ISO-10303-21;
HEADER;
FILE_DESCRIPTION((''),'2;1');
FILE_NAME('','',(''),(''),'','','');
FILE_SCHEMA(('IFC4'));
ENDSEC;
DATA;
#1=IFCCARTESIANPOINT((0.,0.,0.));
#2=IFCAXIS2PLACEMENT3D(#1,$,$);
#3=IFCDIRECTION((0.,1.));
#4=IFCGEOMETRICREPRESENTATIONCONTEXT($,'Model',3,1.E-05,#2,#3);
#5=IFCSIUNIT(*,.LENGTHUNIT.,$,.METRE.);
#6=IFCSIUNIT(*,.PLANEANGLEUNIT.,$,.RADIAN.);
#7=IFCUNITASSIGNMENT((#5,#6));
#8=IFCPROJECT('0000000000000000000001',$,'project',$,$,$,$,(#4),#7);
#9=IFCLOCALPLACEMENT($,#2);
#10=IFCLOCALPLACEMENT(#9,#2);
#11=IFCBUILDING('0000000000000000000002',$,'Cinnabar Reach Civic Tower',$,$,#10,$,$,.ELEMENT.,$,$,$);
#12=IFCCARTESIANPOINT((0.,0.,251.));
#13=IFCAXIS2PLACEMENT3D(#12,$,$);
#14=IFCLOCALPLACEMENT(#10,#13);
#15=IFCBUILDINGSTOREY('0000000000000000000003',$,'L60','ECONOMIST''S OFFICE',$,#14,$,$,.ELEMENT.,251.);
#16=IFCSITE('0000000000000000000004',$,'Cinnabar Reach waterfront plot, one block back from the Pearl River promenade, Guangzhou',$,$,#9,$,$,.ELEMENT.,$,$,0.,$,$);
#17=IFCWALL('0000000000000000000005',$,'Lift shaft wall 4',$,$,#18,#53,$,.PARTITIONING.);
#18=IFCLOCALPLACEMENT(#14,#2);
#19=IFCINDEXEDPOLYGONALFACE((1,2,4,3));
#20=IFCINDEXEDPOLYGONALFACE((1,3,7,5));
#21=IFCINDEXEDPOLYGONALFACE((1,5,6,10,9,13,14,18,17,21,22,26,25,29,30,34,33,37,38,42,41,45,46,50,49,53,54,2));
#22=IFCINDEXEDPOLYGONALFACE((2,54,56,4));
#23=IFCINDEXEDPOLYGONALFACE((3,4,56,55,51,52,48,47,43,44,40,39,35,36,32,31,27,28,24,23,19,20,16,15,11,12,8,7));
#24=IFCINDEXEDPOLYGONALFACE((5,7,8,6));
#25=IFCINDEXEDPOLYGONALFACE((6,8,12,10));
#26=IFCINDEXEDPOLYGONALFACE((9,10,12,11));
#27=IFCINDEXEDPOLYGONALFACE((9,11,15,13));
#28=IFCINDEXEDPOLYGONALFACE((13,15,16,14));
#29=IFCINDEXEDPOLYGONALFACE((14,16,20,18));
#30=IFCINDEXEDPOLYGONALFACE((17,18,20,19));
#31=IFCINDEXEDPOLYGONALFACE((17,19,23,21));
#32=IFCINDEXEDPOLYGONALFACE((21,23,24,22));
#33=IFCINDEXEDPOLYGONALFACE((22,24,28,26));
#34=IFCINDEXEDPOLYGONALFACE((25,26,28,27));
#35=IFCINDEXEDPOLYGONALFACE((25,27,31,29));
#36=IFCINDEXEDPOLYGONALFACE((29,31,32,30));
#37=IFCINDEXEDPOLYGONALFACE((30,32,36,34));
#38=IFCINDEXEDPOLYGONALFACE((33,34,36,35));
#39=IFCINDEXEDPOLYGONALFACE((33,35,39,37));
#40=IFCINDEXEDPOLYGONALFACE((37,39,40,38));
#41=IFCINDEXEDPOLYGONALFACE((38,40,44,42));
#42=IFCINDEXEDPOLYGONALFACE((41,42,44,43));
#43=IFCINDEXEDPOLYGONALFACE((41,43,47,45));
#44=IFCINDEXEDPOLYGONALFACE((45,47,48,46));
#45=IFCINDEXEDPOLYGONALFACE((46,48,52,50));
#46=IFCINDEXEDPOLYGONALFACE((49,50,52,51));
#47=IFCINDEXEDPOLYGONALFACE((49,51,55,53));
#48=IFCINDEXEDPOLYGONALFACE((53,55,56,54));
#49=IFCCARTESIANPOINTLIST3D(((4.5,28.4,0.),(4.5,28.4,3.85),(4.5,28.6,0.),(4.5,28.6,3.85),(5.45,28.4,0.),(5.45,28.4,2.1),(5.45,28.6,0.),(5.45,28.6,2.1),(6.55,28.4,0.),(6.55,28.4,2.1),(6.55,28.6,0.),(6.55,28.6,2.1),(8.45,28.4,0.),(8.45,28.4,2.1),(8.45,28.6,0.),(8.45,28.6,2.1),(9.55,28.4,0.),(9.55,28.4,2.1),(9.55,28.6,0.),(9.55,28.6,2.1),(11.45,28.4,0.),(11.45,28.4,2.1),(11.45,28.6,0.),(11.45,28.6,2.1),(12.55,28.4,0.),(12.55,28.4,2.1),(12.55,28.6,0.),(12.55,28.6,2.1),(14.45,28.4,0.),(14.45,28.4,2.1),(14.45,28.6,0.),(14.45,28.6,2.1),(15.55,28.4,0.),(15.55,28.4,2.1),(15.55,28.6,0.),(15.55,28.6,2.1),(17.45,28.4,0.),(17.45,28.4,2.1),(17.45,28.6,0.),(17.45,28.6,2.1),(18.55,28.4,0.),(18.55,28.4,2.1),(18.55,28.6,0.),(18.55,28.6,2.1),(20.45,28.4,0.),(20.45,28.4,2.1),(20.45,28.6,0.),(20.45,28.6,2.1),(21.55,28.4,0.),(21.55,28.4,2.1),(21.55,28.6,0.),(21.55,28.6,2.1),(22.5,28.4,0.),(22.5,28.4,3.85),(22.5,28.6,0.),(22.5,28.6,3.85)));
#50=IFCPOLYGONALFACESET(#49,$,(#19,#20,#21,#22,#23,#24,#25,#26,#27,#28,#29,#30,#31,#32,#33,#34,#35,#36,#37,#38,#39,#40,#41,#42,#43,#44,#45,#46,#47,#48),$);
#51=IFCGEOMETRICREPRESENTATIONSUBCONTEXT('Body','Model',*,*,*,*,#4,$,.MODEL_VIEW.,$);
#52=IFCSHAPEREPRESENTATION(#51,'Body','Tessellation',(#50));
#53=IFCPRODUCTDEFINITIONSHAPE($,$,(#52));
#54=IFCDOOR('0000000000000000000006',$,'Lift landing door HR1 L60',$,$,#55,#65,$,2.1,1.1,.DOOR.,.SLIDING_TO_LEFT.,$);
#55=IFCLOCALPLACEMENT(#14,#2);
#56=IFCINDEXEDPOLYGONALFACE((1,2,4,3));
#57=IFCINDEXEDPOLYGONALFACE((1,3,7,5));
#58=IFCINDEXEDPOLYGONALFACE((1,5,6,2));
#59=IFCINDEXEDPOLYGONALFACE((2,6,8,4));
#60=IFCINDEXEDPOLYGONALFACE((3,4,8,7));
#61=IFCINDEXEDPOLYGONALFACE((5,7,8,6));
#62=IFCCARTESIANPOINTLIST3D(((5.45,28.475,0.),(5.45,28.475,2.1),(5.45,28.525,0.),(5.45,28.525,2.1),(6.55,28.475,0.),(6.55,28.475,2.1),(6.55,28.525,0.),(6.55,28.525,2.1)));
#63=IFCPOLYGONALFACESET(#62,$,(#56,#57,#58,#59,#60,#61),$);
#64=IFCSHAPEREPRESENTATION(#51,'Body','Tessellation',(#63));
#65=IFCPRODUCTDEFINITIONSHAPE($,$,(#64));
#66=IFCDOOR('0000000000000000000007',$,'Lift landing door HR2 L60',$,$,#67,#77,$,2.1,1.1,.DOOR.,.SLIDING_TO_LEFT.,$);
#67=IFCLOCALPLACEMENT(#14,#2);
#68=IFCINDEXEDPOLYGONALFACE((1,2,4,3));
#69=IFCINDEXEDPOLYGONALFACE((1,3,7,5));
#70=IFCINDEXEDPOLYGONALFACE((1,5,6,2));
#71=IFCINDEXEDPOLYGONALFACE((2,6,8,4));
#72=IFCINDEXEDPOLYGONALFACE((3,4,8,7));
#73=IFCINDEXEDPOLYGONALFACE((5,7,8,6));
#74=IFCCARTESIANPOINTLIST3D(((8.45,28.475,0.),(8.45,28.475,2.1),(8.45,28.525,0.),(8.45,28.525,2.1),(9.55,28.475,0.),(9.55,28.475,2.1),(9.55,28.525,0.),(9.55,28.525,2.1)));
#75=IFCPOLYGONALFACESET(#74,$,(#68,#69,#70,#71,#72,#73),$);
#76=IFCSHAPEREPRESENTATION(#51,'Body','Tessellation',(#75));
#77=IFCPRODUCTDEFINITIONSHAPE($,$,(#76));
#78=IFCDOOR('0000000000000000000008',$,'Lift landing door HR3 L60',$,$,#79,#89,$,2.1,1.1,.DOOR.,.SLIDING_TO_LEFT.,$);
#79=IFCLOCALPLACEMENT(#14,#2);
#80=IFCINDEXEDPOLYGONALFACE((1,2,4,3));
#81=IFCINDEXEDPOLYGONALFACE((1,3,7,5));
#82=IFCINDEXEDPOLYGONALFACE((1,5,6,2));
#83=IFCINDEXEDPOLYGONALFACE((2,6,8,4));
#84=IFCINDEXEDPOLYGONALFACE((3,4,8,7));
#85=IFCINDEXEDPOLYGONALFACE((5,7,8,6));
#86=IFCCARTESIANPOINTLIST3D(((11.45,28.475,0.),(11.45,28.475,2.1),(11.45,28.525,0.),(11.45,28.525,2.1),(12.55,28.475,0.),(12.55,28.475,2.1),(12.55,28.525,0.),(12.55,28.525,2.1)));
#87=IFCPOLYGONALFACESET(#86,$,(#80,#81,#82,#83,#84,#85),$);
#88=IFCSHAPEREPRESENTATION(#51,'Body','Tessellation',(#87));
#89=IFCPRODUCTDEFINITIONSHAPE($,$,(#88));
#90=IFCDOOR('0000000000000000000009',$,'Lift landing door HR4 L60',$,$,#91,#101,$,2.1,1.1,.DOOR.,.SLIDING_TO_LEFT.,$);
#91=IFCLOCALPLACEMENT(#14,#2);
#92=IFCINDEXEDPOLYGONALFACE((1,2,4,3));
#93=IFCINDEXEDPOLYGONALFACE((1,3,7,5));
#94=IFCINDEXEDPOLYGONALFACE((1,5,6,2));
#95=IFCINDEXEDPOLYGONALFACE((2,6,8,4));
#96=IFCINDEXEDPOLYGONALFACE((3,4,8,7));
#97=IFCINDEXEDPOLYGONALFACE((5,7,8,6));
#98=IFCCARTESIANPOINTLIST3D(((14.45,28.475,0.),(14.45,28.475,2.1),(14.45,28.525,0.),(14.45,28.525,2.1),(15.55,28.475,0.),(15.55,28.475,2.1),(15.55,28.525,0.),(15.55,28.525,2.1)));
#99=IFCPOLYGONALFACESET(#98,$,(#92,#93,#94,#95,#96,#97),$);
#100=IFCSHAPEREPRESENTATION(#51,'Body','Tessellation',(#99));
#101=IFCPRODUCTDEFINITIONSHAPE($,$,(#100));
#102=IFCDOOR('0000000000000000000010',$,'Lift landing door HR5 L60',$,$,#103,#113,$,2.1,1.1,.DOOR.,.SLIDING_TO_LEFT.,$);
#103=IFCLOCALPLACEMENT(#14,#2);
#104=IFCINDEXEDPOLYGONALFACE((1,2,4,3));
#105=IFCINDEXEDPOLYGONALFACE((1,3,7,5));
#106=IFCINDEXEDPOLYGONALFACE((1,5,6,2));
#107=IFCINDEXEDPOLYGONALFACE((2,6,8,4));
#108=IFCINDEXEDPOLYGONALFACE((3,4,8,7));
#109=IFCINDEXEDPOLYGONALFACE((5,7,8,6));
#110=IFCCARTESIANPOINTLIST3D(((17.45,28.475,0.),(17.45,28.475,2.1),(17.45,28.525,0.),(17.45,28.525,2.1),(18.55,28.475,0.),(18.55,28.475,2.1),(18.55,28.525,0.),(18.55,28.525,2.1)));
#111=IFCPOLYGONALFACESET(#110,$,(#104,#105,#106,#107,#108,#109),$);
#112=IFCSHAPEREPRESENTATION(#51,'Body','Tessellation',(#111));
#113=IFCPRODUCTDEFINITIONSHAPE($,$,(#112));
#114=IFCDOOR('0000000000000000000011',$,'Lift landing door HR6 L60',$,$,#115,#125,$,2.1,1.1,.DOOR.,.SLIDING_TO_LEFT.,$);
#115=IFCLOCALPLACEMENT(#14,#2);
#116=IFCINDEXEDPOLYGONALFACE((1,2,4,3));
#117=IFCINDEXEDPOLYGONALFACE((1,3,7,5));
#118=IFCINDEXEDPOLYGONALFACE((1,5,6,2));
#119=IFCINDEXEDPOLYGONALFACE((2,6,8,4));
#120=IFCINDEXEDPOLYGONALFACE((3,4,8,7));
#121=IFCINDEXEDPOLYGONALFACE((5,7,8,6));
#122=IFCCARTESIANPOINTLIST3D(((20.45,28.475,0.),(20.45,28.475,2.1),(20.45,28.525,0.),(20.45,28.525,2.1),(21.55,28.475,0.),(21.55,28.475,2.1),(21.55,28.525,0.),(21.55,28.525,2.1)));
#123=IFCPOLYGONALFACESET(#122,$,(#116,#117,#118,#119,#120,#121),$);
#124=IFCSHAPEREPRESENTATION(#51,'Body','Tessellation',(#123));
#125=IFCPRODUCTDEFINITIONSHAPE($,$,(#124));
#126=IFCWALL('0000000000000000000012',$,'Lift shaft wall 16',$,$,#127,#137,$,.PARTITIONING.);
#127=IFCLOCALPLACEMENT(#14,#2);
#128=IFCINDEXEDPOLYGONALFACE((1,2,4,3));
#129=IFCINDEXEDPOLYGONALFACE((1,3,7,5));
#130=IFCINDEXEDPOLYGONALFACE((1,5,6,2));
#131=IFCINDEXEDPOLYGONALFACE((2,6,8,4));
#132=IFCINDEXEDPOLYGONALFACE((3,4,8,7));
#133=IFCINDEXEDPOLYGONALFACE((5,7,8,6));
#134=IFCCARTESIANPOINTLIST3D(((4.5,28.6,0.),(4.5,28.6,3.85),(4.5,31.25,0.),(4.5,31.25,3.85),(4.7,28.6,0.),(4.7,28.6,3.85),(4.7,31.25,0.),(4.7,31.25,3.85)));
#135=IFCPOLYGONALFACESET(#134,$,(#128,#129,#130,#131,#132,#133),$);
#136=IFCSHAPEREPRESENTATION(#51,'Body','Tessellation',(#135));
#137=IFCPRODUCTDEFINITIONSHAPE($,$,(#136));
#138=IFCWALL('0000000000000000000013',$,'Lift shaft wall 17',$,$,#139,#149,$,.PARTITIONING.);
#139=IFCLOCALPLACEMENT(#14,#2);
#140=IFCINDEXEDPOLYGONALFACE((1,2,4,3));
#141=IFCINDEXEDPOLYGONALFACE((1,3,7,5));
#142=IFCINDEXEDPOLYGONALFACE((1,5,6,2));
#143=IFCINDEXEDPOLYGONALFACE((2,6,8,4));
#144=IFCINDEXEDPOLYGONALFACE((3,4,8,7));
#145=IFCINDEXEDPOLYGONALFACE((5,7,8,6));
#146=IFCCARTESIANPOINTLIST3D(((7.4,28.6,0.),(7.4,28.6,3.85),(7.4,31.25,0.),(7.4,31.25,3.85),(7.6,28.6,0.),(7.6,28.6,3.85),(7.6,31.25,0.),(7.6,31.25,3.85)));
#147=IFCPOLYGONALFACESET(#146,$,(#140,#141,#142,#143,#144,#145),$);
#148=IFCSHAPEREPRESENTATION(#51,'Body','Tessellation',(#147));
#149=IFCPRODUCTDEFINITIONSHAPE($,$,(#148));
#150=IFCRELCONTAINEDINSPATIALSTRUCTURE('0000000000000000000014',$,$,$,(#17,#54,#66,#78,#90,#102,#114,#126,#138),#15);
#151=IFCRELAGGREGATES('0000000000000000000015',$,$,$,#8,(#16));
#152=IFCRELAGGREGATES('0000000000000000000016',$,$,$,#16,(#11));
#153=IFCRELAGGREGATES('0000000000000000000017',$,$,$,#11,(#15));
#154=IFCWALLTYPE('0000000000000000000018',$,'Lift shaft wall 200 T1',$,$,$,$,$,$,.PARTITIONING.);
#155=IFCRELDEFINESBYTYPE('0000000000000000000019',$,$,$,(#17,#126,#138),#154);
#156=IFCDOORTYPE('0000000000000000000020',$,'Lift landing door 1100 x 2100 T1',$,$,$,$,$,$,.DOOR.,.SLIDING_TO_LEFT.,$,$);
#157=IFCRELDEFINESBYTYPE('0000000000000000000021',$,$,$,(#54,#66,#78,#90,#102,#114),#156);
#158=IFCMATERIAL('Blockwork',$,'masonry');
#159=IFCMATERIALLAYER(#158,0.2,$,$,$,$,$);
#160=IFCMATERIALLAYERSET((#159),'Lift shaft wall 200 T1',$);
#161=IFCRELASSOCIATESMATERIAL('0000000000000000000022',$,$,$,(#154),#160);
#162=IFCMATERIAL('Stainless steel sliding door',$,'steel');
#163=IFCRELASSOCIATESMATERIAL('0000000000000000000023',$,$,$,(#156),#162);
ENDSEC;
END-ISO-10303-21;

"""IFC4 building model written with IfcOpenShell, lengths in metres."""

from ifc_helpers import new_model, si_unit, direction, frame, frame_2d, origin, place, context, subcontext, project, spatial, rectangle, extrude, material, layer, layer_set, type_object, element, fill, save


model = new_model("IFC4")

# Units and contexts
model_context = context("Model", 3, precision=1e-05, world=origin(), true_north=direction((0.0, 1.0)))
body_context = subcontext(model_context, "Body", "Model", "MODEL_VIEW")
ifc_project = project(units=[si_unit("LENGTHUNIT", "METRE"), si_unit("PLANEANGLEUNIT", "RADIAN")], contexts=[model_context])

# Site, building, storey
site_placement = place(None, origin())
site = spatial("IfcSite", under=ifc_project, at=site_placement, Name="Cinnabar Reach waterfront plot, one block back from the Pearl River promenade, Guangzhou", CompositionType="ELEMENT", RefElevation=0.0)
building_placement = place(site_placement, origin())
building = spatial("IfcBuilding", under=site, at=building_placement, Name="Cinnabar Reach Civic Tower", CompositionType="ELEMENT")
storey_placement = place(building_placement, frame((0.0, 0.0, 251.0)))
storey = spatial("IfcBuildingStorey", under=building, at=storey_placement, Name="L60", Description="ECONOMIST'S OFFICE", CompositionType="ELEMENT", Elevation=251.0)

# Wall, openings, doors
ifc_material_1 = material(Name="Blockwork", Category="masonry")
ifc_layer_1 = layer(ifc_material_1, 0.2)
ifc_layer_set_1 = layer_set([ifc_layer_1], Name="Lift shaft wall 200 T1")
wall_type_1 = type_object("IfcWallType", Name="Lift shaft wall 200 T1", PredefinedType="PARTITIONING", material=ifc_layer_set_1)
wall_1_placement = place(storey_placement, frame((4.5, 28.5, 0.0), z_axis=(0.0, 0.0, 1.0), x_axis=(1.0, 0.0, 0.0)))
wall_1 = element("IfcWall", 1, at=wall_1_placement, inside=storey, type_object=wall_type_1, Name="Lift shaft wall 4", PredefinedType="PARTITIONING", context=body_context, shape_type="SweptSolid", body=[
    extrude(rectangle(XDim=18.0, YDim=0.2, at=frame_2d((9.0, 0.0))), origin(), (0.0, 0.0, 1.0), 3.85),
])
opening_1_placement = place(wall_1_placement, frame((0.95, 0.0, 0.0)))
opening_1 = element("IfcOpeningElement", 2, at=opening_1_placement, cuts=wall_1, PredefinedType="OPENING", context=body_context, shape_type="SweptSolid", body=[
    extrude(rectangle(XDim=1.1, YDim=2.1, at=frame_2d((0.55, 1.05))), frame((0.0, 0.11, 0.0), z_axis=(0.0, -1.0, 0.0), x_axis=(1.0, 0.0, 0.0)), (0.0, 0.0, 1.0), 0.22),
])
opening_2_placement = place(wall_1_placement, frame((3.95, 0.0, 0.0)))
opening_2 = element("IfcOpeningElement", 3, at=opening_2_placement, cuts=wall_1, PredefinedType="OPENING", context=body_context, shape_type="SweptSolid", body=[
    extrude(rectangle(XDim=1.1, YDim=2.1, at=frame_2d((0.55, 1.05))), frame((0.0, 0.11, 0.0), z_axis=(0.0, -1.0, 0.0), x_axis=(1.0, 0.0, 0.0)), (0.0, 0.0, 1.0), 0.22),
])
opening_3_placement = place(wall_1_placement, frame((6.95, 0.0, 0.0)))
opening_3 = element("IfcOpeningElement", 4, at=opening_3_placement, cuts=wall_1, PredefinedType="OPENING", context=body_context, shape_type="SweptSolid", body=[
    extrude(rectangle(XDim=1.1, YDim=2.1, at=frame_2d((0.55, 1.05))), frame((0.0, 0.11, 0.0), z_axis=(0.0, -1.0, 0.0), x_axis=(1.0, 0.0, 0.0)), (0.0, 0.0, 1.0), 0.22),
])
opening_4_placement = place(wall_1_placement, frame((9.95, 0.0, 0.0)))
opening_4 = element("IfcOpeningElement", 5, at=opening_4_placement, cuts=wall_1, PredefinedType="OPENING", context=body_context, shape_type="SweptSolid", body=[
    extrude(rectangle(XDim=1.1, YDim=2.1, at=frame_2d((0.55, 1.05))), frame((0.0, 0.11, 0.0), z_axis=(0.0, -1.0, 0.0), x_axis=(1.0, 0.0, 0.0)), (0.0, 0.0, 1.0), 0.22),
])
opening_5_placement = place(wall_1_placement, frame((12.95, 0.0, 0.0)))
opening_5 = element("IfcOpeningElement", 6, at=opening_5_placement, cuts=wall_1, PredefinedType="OPENING", context=body_context, shape_type="SweptSolid", body=[
    extrude(rectangle(XDim=1.1, YDim=2.1, at=frame_2d((0.55, 1.05))), frame((0.0, 0.11, 0.0), z_axis=(0.0, -1.0, 0.0), x_axis=(1.0, 0.0, 0.0)), (0.0, 0.0, 1.0), 0.22),
])
opening_6_placement = place(wall_1_placement, frame((15.95, 0.0, 0.0)))
opening_6 = element("IfcOpeningElement", 7, at=opening_6_placement, cuts=wall_1, PredefinedType="OPENING", context=body_context, shape_type="SweptSolid", body=[
    extrude(rectangle(XDim=1.1, YDim=2.1, at=frame_2d((0.55, 1.05))), frame((0.0, 0.11, 0.0), z_axis=(0.0, -1.0, 0.0), x_axis=(1.0, 0.0, 0.0)), (0.0, 0.0, 1.0), 0.22),
])
ifc_material_2 = material(Name="Stainless steel sliding door", Category="steel")
door_type_1 = type_object("IfcDoorType", Name="Lift landing door 1100 x 2100 T1", OperationType="SLIDING_TO_LEFT", PredefinedType="DOOR", material=ifc_material_2)
door_1_placement = place(opening_1_placement, origin())
door_1 = element("IfcDoor", 8, at=door_1_placement, inside=storey, type_object=door_type_1, Name="Lift landing door HR1 L60", OperationType="SLIDING_TO_LEFT", OverallHeight=2.1, OverallWidth=1.1, PredefinedType="DOOR", context=body_context, shape_type="SweptSolid", body=[
    extrude(rectangle(XDim=1.1, YDim=2.1, at=frame_2d((0.55, 1.05))), frame((0.0, 0.025, 0.0), z_axis=(0.0, -1.0, 0.0), x_axis=(1.0, 0.0, 0.0)), (0.0, 0.0, 1.0), 0.05),
])
fill(opening_1, door_1)
door_2_placement = place(opening_2_placement, origin())
door_2 = element("IfcDoor", 9, at=door_2_placement, inside=storey, type_object=door_type_1, Name="Lift landing door HR2 L60", OperationType="SLIDING_TO_LEFT", OverallHeight=2.1, OverallWidth=1.1, PredefinedType="DOOR", context=body_context, shape_type="SweptSolid", body=[
    extrude(rectangle(XDim=1.1, YDim=2.1, at=frame_2d((0.55, 1.05))), frame((0.0, 0.025, 0.0), z_axis=(0.0, -1.0, 0.0), x_axis=(1.0, 0.0, 0.0)), (0.0, 0.0, 1.0), 0.05),
])
fill(opening_2, door_2)
door_3_placement = place(opening_3_placement, origin())
door_3 = element("IfcDoor", 10, at=door_3_placement, inside=storey, type_object=door_type_1, Name="Lift landing door HR3 L60", OperationType="SLIDING_TO_LEFT", OverallHeight=2.1, OverallWidth=1.1, PredefinedType="DOOR", context=body_context, shape_type="SweptSolid", body=[
    extrude(rectangle(XDim=1.1, YDim=2.1, at=frame_2d((0.55, 1.05))), frame((0.0, 0.025, 0.0), z_axis=(0.0, -1.0, 0.0), x_axis=(1.0, 0.0, 0.0)), (0.0, 0.0, 1.0), 0.05),
])
fill(opening_3, door_3)
door_4_placement = place(opening_4_placement, origin())
door_4 = element("IfcDoor", 11, at=door_4_placement, inside=storey, type_object=door_type_1, Name="Lift landing door HR4 L60", OperationType="SLIDING_TO_LEFT", OverallHeight=2.1, OverallWidth=1.1, PredefinedType="DOOR", context=body_context, shape_type="SweptSolid", body=[
    extrude(rectangle(XDim=1.1, YDim=2.1, at=frame_2d((0.55, 1.05))), frame((0.0, 0.025, 0.0), z_axis=(0.0, -1.0, 0.0), x_axis=(1.0, 0.0, 0.0)), (0.0, 0.0, 1.0), 0.05),
])
fill(opening_4, door_4)
door_5_placement = place(opening_5_placement, origin())
door_5 = element("IfcDoor", 12, at=door_5_placement, inside=storey, type_object=door_type_1, Name="Lift landing door HR5 L60", OperationType="SLIDING_TO_LEFT", OverallHeight=2.1, OverallWidth=1.1, PredefinedType="DOOR", context=body_context, shape_type="SweptSolid", body=[
    extrude(rectangle(XDim=1.1, YDim=2.1, at=frame_2d((0.55, 1.05))), frame((0.0, 0.025, 0.0), z_axis=(0.0, -1.0, 0.0), x_axis=(1.0, 0.0, 0.0)), (0.0, 0.0, 1.0), 0.05),
])
fill(opening_5, door_5)
door_6_placement = place(opening_6_placement, origin())
door_6 = element("IfcDoor", 13, at=door_6_placement, inside=storey, type_object=door_type_1, Name="Lift landing door HR6 L60", OperationType="SLIDING_TO_LEFT", OverallHeight=2.1, OverallWidth=1.1, PredefinedType="DOOR", context=body_context, shape_type="SweptSolid", body=[
    extrude(rectangle(XDim=1.1, YDim=2.1, at=frame_2d((0.55, 1.05))), frame((0.0, 0.025, 0.0), z_axis=(0.0, -1.0, 0.0), x_axis=(1.0, 0.0, 0.0)), (0.0, 0.0, 1.0), 0.05),
])
fill(opening_6, door_6)

# Walls
for number, where, z_axis, x_axis, name in (
    (14, (4.6, 28.6, 0.0), (0.0, 0.0, 1.0), (0.0, 1.0, 0.0), "Lift shaft wall 16"),
    (15, (7.5, 28.6, 0.0), (0.0, 0.0, 1.0), (0.0, 1.0, 0.0), "Lift shaft wall 17"),
):
    element("IfcWall", number, at=place(storey_placement, frame(where, z_axis=z_axis, x_axis=x_axis)), inside=storey, type_object=wall_type_1, Name=name, PredefinedType="PARTITIONING", context=body_context, shape_type="SweptSolid", body=[
        extrude(rectangle(XDim=2.65, YDim=0.2, at=frame_2d((1.325, 0.0))), origin(), (0.0, 0.0, 1.0), 3.85),
    ])

save(model, "model.ifc")
